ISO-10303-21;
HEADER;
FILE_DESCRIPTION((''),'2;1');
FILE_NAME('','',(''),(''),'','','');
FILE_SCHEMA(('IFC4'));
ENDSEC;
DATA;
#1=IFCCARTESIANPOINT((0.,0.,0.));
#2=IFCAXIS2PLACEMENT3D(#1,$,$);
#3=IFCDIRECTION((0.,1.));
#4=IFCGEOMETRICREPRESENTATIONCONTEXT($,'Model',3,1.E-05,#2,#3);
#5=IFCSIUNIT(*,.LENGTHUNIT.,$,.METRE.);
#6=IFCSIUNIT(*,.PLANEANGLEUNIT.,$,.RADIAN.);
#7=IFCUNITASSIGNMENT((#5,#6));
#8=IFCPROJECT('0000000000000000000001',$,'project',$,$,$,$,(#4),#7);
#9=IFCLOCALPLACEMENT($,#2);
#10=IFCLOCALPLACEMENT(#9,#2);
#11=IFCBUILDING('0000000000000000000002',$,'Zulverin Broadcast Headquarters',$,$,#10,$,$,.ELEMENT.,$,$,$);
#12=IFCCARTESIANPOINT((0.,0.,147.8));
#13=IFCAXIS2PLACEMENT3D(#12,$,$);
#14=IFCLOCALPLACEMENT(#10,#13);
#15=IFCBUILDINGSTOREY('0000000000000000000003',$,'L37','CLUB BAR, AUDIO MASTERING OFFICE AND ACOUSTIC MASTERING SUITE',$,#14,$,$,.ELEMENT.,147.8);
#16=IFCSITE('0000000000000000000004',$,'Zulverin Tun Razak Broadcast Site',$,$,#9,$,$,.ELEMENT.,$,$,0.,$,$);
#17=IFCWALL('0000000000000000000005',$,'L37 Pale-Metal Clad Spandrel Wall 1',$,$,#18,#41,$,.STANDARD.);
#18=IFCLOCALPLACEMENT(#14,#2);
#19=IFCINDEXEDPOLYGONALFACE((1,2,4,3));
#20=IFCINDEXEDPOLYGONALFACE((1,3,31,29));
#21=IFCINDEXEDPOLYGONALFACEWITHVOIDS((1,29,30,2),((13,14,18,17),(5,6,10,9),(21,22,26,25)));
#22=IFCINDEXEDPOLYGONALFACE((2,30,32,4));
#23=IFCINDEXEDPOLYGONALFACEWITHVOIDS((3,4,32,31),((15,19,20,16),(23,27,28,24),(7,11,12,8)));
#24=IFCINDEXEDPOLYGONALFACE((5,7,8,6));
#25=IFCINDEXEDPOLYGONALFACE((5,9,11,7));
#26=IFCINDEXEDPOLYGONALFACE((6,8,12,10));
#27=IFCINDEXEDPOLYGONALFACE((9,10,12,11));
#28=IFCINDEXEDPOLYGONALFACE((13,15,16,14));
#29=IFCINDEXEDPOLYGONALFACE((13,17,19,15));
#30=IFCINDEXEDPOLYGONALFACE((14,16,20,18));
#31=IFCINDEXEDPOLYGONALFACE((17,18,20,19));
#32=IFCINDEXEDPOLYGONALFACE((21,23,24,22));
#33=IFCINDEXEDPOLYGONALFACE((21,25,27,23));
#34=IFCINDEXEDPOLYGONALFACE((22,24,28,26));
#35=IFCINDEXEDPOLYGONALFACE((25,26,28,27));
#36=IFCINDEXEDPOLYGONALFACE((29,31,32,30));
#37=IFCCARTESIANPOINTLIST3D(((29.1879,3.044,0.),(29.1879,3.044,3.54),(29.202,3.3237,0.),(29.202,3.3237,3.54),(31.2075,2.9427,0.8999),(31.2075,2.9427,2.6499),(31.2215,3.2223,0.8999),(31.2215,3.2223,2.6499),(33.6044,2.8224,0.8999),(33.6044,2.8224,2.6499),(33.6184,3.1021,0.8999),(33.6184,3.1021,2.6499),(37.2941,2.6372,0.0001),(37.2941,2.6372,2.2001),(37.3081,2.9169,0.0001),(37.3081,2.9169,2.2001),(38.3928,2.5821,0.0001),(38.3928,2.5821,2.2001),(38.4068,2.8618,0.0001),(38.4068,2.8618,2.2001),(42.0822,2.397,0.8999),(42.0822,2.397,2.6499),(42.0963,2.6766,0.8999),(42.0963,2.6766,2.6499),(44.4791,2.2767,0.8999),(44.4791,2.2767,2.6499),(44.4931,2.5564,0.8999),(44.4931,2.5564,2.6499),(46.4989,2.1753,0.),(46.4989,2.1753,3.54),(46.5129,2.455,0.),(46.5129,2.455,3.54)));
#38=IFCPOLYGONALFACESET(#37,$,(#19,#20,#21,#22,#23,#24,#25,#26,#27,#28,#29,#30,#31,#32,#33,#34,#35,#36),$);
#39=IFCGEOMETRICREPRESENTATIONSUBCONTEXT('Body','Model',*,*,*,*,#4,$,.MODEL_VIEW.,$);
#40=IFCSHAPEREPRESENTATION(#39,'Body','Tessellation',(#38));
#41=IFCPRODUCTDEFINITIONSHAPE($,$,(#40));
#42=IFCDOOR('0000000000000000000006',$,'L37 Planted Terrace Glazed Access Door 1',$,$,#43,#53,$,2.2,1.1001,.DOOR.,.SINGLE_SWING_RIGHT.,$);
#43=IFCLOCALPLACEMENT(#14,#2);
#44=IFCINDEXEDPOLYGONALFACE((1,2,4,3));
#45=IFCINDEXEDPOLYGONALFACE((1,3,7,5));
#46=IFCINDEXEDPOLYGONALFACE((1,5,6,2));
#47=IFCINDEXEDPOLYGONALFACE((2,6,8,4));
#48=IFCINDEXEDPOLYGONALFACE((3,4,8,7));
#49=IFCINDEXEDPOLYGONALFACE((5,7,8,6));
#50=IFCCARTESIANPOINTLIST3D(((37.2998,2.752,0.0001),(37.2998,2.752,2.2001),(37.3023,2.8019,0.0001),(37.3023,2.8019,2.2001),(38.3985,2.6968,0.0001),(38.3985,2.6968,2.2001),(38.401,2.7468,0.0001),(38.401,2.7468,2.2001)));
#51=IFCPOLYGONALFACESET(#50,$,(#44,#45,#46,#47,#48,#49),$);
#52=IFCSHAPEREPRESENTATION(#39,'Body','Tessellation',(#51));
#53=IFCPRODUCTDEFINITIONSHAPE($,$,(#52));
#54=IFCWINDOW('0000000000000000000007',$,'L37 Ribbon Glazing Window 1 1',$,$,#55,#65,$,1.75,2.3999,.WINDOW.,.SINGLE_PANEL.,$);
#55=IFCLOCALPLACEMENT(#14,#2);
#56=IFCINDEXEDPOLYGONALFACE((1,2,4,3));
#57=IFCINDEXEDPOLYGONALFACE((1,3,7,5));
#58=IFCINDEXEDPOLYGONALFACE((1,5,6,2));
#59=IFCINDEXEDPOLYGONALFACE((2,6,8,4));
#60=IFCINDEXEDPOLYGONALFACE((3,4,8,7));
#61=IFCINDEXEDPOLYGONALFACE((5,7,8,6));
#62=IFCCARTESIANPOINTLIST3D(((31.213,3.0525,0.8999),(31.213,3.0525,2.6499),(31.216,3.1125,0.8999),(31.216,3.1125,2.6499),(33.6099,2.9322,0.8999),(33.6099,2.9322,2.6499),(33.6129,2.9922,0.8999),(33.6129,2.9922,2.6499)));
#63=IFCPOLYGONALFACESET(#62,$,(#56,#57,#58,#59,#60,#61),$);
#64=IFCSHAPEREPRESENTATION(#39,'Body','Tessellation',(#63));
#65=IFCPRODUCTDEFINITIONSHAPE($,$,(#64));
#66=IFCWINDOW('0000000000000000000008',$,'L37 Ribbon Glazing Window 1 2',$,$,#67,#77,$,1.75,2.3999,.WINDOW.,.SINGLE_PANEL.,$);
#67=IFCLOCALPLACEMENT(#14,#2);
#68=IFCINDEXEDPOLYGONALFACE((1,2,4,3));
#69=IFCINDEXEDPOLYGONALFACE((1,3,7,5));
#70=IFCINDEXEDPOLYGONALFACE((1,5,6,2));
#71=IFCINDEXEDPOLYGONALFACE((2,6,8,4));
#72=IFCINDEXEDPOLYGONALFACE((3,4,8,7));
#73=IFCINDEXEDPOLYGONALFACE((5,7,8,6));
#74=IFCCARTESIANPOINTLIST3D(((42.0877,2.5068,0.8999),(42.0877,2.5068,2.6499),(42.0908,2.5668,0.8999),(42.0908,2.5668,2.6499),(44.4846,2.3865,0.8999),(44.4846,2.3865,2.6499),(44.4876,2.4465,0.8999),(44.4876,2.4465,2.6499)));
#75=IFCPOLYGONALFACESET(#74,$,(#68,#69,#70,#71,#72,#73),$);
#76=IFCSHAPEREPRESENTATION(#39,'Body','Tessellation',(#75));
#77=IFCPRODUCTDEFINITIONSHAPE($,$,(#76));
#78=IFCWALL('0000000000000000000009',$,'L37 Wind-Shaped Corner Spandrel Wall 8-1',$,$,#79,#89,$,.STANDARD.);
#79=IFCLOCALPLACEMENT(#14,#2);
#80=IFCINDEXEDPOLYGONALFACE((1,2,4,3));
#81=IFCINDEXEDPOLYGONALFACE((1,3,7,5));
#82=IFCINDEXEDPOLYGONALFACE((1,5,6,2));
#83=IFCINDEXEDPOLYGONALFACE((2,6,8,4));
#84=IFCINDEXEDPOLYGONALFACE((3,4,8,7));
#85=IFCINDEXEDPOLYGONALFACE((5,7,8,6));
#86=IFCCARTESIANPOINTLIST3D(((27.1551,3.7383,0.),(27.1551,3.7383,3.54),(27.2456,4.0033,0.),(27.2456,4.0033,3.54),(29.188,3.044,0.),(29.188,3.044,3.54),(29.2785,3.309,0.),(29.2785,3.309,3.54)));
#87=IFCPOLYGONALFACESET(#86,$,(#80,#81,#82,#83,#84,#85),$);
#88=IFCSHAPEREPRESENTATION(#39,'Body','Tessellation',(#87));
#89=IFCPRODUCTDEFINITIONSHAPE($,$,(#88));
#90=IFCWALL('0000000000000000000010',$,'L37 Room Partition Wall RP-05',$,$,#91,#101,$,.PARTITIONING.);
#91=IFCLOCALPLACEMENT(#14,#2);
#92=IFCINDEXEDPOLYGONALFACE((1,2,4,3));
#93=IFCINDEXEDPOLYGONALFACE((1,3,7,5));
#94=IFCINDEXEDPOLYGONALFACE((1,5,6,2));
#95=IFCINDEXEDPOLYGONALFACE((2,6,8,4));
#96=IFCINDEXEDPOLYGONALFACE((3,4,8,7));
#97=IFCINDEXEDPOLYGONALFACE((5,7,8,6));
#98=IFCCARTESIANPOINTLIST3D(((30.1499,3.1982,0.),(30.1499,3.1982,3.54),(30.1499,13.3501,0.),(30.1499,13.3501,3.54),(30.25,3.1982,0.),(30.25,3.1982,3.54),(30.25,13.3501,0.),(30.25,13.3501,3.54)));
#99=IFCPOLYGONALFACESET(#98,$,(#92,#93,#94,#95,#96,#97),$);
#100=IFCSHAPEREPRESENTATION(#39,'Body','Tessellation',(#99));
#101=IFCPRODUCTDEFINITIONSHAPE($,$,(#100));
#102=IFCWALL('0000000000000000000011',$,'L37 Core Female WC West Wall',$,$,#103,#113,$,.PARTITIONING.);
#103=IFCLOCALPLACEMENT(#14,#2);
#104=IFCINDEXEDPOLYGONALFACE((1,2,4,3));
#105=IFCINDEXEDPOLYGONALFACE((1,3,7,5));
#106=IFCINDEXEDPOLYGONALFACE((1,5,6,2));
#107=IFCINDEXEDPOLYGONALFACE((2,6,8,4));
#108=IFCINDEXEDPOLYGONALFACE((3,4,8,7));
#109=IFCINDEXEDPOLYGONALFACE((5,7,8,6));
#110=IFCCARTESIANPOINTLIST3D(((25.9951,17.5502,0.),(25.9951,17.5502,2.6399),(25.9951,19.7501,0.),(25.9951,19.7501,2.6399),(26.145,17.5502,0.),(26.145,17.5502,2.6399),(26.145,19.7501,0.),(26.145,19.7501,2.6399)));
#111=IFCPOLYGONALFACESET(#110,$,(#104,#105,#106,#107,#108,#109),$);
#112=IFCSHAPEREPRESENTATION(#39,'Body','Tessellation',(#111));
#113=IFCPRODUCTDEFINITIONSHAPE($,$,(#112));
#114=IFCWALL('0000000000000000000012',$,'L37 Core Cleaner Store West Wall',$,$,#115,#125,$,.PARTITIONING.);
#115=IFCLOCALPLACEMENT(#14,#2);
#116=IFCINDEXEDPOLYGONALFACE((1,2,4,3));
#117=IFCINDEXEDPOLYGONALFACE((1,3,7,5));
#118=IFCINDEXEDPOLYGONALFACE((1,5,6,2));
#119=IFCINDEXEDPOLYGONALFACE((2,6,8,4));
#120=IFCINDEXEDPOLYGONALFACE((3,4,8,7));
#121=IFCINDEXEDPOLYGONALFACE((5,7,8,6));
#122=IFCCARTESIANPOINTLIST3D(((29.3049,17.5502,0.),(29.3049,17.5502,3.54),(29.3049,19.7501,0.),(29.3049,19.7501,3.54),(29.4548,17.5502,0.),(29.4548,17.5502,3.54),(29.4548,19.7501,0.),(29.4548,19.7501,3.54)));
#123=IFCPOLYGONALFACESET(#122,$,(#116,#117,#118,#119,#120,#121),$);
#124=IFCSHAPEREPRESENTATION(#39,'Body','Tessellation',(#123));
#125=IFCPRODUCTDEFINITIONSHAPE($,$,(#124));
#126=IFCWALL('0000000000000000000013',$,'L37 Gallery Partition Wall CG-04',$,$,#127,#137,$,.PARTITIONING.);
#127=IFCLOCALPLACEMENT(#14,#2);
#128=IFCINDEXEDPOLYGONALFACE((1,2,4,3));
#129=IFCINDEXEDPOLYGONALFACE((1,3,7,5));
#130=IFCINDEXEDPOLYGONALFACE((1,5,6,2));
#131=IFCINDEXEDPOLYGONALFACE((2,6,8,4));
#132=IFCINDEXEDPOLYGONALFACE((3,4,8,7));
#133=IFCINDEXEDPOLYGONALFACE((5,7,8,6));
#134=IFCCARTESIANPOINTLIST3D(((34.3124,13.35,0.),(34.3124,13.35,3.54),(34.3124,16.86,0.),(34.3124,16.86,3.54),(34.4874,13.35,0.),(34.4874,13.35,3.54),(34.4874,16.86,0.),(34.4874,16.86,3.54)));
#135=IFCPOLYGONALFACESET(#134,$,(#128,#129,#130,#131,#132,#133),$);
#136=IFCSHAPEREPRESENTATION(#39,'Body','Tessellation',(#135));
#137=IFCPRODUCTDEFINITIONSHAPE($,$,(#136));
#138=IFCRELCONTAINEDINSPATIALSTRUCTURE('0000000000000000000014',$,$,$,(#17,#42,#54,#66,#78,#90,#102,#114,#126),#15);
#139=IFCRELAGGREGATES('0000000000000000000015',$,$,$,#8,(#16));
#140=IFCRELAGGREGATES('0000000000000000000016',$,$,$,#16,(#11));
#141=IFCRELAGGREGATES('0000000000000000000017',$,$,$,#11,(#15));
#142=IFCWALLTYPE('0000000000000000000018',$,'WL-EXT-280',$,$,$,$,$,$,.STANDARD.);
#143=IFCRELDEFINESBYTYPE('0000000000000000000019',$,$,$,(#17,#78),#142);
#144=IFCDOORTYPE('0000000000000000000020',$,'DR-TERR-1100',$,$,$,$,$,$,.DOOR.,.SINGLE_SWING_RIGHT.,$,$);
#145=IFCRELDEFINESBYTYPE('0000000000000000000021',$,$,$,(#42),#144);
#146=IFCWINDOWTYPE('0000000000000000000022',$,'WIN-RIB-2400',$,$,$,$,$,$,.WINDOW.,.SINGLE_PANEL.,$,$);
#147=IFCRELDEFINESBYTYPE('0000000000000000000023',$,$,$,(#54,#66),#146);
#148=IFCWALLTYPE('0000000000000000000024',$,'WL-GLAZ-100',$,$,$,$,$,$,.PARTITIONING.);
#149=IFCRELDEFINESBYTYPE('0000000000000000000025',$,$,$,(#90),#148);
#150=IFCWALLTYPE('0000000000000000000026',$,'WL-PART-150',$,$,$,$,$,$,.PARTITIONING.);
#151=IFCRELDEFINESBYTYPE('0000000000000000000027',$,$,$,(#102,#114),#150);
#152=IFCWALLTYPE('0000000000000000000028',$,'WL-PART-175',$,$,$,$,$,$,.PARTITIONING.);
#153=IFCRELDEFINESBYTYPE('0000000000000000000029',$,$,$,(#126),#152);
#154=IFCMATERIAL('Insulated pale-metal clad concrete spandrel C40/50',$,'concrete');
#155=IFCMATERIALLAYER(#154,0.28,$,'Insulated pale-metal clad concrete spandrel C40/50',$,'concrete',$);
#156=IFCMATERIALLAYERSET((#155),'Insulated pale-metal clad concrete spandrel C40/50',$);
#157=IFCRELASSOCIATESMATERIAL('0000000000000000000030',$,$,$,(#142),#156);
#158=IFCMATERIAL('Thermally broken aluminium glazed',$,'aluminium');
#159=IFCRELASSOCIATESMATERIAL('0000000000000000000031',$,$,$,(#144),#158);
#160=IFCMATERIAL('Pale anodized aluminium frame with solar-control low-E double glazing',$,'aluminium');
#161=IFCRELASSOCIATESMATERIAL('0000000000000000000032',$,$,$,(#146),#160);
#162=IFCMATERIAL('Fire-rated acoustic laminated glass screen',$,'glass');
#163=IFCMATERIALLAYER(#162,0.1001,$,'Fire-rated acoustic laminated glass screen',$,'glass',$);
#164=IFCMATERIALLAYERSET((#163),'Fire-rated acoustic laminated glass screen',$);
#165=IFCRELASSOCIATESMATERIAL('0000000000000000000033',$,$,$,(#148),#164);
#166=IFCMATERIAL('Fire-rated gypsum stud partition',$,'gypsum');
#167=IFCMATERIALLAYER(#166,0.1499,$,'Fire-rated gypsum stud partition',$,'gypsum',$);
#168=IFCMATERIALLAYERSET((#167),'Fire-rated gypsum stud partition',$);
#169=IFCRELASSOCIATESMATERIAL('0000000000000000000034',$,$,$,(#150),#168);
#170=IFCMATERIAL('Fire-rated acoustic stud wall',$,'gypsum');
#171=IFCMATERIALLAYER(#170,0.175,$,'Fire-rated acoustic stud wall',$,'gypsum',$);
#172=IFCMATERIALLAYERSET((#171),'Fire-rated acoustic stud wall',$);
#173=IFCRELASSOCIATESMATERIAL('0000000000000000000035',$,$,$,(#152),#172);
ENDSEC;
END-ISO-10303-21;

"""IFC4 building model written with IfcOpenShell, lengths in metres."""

from ifc_helpers import new_model, si_unit, direction, frame, frame_2d, origin, place, context, subcontext, project, spatial, rectangle, extrude, material, layer, layer_set, type_object, element, fill, save


model = new_model("IFC4")

# Units and contexts
model_context = context("Model", 3, precision=1e-05, world=origin(), true_north=direction((0.0, 1.0)))
body_context = subcontext(model_context, "Body", "Model", "MODEL_VIEW")
ifc_project = project(units=[si_unit("LENGTHUNIT", "METRE"), si_unit("PLANEANGLEUNIT", "RADIAN")], contexts=[model_context])

# Site, building, storey
site_placement = place(None, origin())
site = spatial("IfcSite", under=ifc_project, at=site_placement, Name="Zulverin Tun Razak Broadcast Site", CompositionType="ELEMENT", RefElevation=0.0)
building_placement = place(site_placement, origin())
building = spatial("IfcBuilding", under=site, at=building_placement, Name="Zulverin Broadcast Headquarters", CompositionType="ELEMENT")
storey_placement = place(building_placement, frame((0.0, 0.0, 147.8)))
storey = spatial("IfcBuildingStorey", under=building, at=storey_placement, Name="L37", Description="CLUB BAR, AUDIO MASTERING OFFICE AND ACOUSTIC MASTERING SUITE", CompositionType="ELEMENT", Elevation=147.8)

# Wall, openings, door, windows
ifc_material_1 = material(Name="Insulated pale-metal clad concrete spandrel C40/50", Category="concrete")
ifc_layer_1 = layer(ifc_material_1, 0.28, Name="Insulated pale-metal clad concrete spandrel C40/50", Category="concrete")
ifc_layer_set_1 = layer_set([ifc_layer_1], Name="Insulated pale-metal clad concrete spandrel C40/50")
wall_type_1 = type_object("IfcWallType", Name="WL-EXT-280", PredefinedType="STANDARD", material=ifc_layer_set_1)
wall_1_placement = place(storey_placement, frame((29.1948, 3.1838, 0.0), z_axis=(0.0, 0.0, 1.0), x_axis=(0.998743, -0.050116, 0.0)))
wall_1 = element("IfcWall", 1, at=wall_1_placement, inside=storey, type_object=wall_type_1, Name="L37 Pale-Metal Clad Spandrel Wall 1", PredefinedType="STANDARD", context=body_context, shape_type="SweptSolid", body=[
    extrude(rectangle(XDim=17.3328, YDim=0.28, at=frame_2d((8.6665, 0.0))), origin(), (0.0, 0.0, 1.0), 3.54),
])
opening_1_placement = place(wall_1_placement, frame((8.1165, 0.0, 0.0)))
opening_1 = element("IfcOpeningElement", 2, at=opening_1_placement, cuts=wall_1, PredefinedType="OPENING", context=body_context, shape_type="SweptSolid", body=[
    extrude(rectangle(XDim=1.1001, YDim=2.2, at=frame_2d((0.55, 1.1001))), frame((0.0, 0.1499, 0.0), z_axis=(0.0, -1.0, 0.0), x_axis=(1.0, 0.0, 0.0)), (0.0, 0.0, 1.0), 0.3),
])
opening_2_placement = place(wall_1_placement, frame((2.0222, 0.0, 0.8999)))
opening_2 = element("IfcOpeningElement", 3, at=opening_2_placement, cuts=wall_1, PredefinedType="OPENING", context=body_context, shape_type="SweptSolid", body=[
    extrude(rectangle(XDim=2.3999, YDim=1.75, at=frame_2d((1.2, 0.875))), frame((0.0, 0.1499, 0.0), z_axis=(0.0, -1.0, 0.0), x_axis=(1.0, 0.0, 0.0)), (0.0, 0.0, 1.0), 0.3),
])
opening_3_placement = place(wall_1_placement, frame((12.9106, 0.0, 0.8999)))
opening_3 = element("IfcOpeningElement", 4, at=opening_3_placement, cuts=wall_1, PredefinedType="OPENING", context=body_context, shape_type="SweptSolid", body=[
    extrude(rectangle(XDim=2.3999, YDim=1.75, at=frame_2d((1.2, 0.875))), frame((0.0, 0.1499, 0.0), z_axis=(0.0, -1.0, 0.0), x_axis=(1.0, 0.0, 0.0)), (0.0, 0.0, 1.0), 0.3),
])
ifc_material_2 = material(Name="Thermally broken aluminium glazed", Category="aluminium")
door_type = type_object("IfcDoorType", Name="DR-TERR-1100", OperationType="SINGLE_SWING_RIGHT", PredefinedType="DOOR", material=ifc_material_2)
door_placement = place(opening_1_placement, origin())
door = element("IfcDoor", 5, at=door_placement, inside=storey, type_object=door_type, Name="L37 Planted Terrace Glazed Access Door 1", OperationType="SINGLE_SWING_RIGHT", OverallHeight=2.2, OverallWidth=1.1001, PredefinedType="DOOR", context=body_context, shape_type="SweptSolid", body=[
    extrude(rectangle(XDim=1.1001, YDim=2.2, at=frame_2d((0.55, 1.1001))), frame((0.0, 0.0249, 0.0), z_axis=(0.0, -1.0, 0.0), x_axis=(1.0, 0.0, 0.0)), (0.0, 0.0, 1.0), 0.05),
])
fill(opening_1, door)
ifc_material_3 = material(Name="Pale anodized aluminium frame with solar-control low-E double glazing", Category="aluminium")
window_type = type_object("IfcWindowType", Name="WIN-RIB-2400", PartitioningType="SINGLE_PANEL", PredefinedType="WINDOW", material=ifc_material_3)
window_1_placement = place(opening_2_placement, origin())
window_1 = element("IfcWindow", 6, at=window_1_placement, inside=storey, type_object=window_type, Name="L37 Ribbon Glazing Window 1 1", OverallHeight=1.75, OverallWidth=2.3999, PartitioningType="SINGLE_PANEL", PredefinedType="WINDOW", context=body_context, shape_type="SweptSolid", body=[
    extrude(rectangle(XDim=2.3999, YDim=1.75, at=frame_2d((1.2, 0.875))), frame((0.0, 0.03, 0.0), z_axis=(0.0, -1.0, 0.0), x_axis=(1.0, 0.0, 0.0)), (0.0, 0.0, 1.0), 0.0601),
])
fill(opening_2, window_1)
window_2_placement = place(opening_3_placement, origin())
window_2 = element("IfcWindow", 7, at=window_2_placement, inside=storey, type_object=window_type, Name="L37 Ribbon Glazing Window 1 2", OverallHeight=1.75, OverallWidth=2.3999, PartitioningType="SINGLE_PANEL", PredefinedType="WINDOW", context=body_context, shape_type="SweptSolid", body=[
    extrude(rectangle(XDim=2.3999, YDim=1.75, at=frame_2d((1.2, 0.875))), frame((0.0, 0.03, 0.0), z_axis=(0.0, -1.0, 0.0), x_axis=(1.0, 0.0, 0.0)), (0.0, 0.0, 1.0), 0.0601),
])
fill(opening_3, window_2)

# Walls
wall_2_placement = place(storey_placement, frame((27.2002, 3.8708, 0.0), z_axis=(0.0, 0.0, 1.0), x_axis=(0.946328, -0.323208, 0.0)))
element("IfcWall", 8, at=wall_2_placement, inside=storey, type_object=wall_type_1, Name="L37 Wind-Shaped Corner Spandrel Wall 8-1", PredefinedType="STANDARD", context=body_context, shape_type="SweptSolid", body=[
    extrude(rectangle(XDim=2.1482, YDim=0.28, at=frame_2d((1.0742, 0.0))), origin(), (0.0, 0.0, 1.0), 3.54),
])
ifc_material_4 = material(Name="Fire-rated acoustic laminated glass screen", Category="glass")
ifc_layer_2 = layer(ifc_material_4, 0.1001, Name="Fire-rated acoustic laminated glass screen", Category="glass")
ifc_layer_set_2 = layer_set([ifc_layer_2], Name="Fire-rated acoustic laminated glass screen")
wall_type_2 = type_object("IfcWallType", Name="WL-GLAZ-100", PredefinedType="PARTITIONING", material=ifc_layer_set_2)
wall_3_placement = place(storey_placement, frame((30.2, 3.1982, 0.0), z_axis=(0.0, 0.0, 1.0), x_axis=(0.0, 1.0, 0.0)))
element("IfcWall", 9, at=wall_3_placement, inside=storey, type_object=wall_type_2, Name="L37 Room Partition Wall RP-05", PredefinedType="PARTITIONING", context=body_context, shape_type="SweptSolid", body=[
    extrude(rectangle(XDim=10.1519, YDim=0.1001, at=frame_2d((5.0759, 0.0))), origin(), (0.0, 0.0, 1.0), 3.54),
])
ifc_material_5 = material(Name="Fire-rated gypsum stud partition", Category="gypsum")
ifc_layer_3 = layer(ifc_material_5, 0.1499, Name="Fire-rated gypsum stud partition", Category="gypsum")
ifc_layer_set_3 = layer_set([ifc_layer_3], Name="Fire-rated gypsum stud partition")
wall_type_3 = type_object("IfcWallType", Name="WL-PART-150", PredefinedType="PARTITIONING", material=ifc_layer_set_3)
wall_4_placement = place(storey_placement, frame((26.0701, 17.55, 0.0), z_axis=(0.0, 0.0, 1.0), x_axis=(0.0, 1.0, 0.0)))
element("IfcWall", 10, at=wall_4_placement, inside=storey, type_object=wall_type_3, Name="L37 Core Female WC West Wall", PredefinedType="PARTITIONING", context=body_context, shape_type="SweptSolid", body=[
    extrude(rectangle(XDim=2.2, YDim=0.1499, at=frame_2d((1.1001, 0.0))), origin(), (0.0, 0.0, 1.0), 2.6399),
])
wall_5_placement = place(storey_placement, frame((29.3799, 17.55, 0.0), z_axis=(0.0, 0.0, 1.0), x_axis=(0.0, 1.0, 0.0)))
element("IfcWall", 11, at=wall_5_placement, inside=storey, type_object=wall_type_3, Name="L37 Core Cleaner Store West Wall", PredefinedType="PARTITIONING", context=body_context, shape_type="SweptSolid", body=[
    extrude(rectangle(XDim=2.2, YDim=0.1499, at=frame_2d((1.1001, 0.0))), origin(), (0.0, 0.0, 1.0), 3.54),
])
ifc_material_6 = material(Name="Fire-rated acoustic stud wall", Category="gypsum")
ifc_layer_4 = layer(ifc_material_6, 0.175, Name="Fire-rated acoustic stud wall", Category="gypsum")
ifc_layer_set_4 = layer_set([ifc_layer_4], Name="Fire-rated acoustic stud wall")
wall_type_4 = type_object("IfcWallType", Name="WL-PART-175", PredefinedType="PARTITIONING", material=ifc_layer_set_4)
wall_6_placement = place(storey_placement, frame((34.3999, 13.3501, 0.0), z_axis=(0.0, 0.0, 1.0), x_axis=(0.0, 1.0, 0.0)))
element("IfcWall", 12, at=wall_6_placement, inside=storey, type_object=wall_type_4, Name="L37 Gallery Partition Wall CG-04", PredefinedType="PARTITIONING", context=body_context, shape_type="SweptSolid", body=[
    extrude(rectangle(XDim=3.51, YDim=0.175, at=frame_2d((1.7549, 0.0))), origin(), (0.0, 0.0, 1.0), 3.54),
])

save(model, "model.ifc")
